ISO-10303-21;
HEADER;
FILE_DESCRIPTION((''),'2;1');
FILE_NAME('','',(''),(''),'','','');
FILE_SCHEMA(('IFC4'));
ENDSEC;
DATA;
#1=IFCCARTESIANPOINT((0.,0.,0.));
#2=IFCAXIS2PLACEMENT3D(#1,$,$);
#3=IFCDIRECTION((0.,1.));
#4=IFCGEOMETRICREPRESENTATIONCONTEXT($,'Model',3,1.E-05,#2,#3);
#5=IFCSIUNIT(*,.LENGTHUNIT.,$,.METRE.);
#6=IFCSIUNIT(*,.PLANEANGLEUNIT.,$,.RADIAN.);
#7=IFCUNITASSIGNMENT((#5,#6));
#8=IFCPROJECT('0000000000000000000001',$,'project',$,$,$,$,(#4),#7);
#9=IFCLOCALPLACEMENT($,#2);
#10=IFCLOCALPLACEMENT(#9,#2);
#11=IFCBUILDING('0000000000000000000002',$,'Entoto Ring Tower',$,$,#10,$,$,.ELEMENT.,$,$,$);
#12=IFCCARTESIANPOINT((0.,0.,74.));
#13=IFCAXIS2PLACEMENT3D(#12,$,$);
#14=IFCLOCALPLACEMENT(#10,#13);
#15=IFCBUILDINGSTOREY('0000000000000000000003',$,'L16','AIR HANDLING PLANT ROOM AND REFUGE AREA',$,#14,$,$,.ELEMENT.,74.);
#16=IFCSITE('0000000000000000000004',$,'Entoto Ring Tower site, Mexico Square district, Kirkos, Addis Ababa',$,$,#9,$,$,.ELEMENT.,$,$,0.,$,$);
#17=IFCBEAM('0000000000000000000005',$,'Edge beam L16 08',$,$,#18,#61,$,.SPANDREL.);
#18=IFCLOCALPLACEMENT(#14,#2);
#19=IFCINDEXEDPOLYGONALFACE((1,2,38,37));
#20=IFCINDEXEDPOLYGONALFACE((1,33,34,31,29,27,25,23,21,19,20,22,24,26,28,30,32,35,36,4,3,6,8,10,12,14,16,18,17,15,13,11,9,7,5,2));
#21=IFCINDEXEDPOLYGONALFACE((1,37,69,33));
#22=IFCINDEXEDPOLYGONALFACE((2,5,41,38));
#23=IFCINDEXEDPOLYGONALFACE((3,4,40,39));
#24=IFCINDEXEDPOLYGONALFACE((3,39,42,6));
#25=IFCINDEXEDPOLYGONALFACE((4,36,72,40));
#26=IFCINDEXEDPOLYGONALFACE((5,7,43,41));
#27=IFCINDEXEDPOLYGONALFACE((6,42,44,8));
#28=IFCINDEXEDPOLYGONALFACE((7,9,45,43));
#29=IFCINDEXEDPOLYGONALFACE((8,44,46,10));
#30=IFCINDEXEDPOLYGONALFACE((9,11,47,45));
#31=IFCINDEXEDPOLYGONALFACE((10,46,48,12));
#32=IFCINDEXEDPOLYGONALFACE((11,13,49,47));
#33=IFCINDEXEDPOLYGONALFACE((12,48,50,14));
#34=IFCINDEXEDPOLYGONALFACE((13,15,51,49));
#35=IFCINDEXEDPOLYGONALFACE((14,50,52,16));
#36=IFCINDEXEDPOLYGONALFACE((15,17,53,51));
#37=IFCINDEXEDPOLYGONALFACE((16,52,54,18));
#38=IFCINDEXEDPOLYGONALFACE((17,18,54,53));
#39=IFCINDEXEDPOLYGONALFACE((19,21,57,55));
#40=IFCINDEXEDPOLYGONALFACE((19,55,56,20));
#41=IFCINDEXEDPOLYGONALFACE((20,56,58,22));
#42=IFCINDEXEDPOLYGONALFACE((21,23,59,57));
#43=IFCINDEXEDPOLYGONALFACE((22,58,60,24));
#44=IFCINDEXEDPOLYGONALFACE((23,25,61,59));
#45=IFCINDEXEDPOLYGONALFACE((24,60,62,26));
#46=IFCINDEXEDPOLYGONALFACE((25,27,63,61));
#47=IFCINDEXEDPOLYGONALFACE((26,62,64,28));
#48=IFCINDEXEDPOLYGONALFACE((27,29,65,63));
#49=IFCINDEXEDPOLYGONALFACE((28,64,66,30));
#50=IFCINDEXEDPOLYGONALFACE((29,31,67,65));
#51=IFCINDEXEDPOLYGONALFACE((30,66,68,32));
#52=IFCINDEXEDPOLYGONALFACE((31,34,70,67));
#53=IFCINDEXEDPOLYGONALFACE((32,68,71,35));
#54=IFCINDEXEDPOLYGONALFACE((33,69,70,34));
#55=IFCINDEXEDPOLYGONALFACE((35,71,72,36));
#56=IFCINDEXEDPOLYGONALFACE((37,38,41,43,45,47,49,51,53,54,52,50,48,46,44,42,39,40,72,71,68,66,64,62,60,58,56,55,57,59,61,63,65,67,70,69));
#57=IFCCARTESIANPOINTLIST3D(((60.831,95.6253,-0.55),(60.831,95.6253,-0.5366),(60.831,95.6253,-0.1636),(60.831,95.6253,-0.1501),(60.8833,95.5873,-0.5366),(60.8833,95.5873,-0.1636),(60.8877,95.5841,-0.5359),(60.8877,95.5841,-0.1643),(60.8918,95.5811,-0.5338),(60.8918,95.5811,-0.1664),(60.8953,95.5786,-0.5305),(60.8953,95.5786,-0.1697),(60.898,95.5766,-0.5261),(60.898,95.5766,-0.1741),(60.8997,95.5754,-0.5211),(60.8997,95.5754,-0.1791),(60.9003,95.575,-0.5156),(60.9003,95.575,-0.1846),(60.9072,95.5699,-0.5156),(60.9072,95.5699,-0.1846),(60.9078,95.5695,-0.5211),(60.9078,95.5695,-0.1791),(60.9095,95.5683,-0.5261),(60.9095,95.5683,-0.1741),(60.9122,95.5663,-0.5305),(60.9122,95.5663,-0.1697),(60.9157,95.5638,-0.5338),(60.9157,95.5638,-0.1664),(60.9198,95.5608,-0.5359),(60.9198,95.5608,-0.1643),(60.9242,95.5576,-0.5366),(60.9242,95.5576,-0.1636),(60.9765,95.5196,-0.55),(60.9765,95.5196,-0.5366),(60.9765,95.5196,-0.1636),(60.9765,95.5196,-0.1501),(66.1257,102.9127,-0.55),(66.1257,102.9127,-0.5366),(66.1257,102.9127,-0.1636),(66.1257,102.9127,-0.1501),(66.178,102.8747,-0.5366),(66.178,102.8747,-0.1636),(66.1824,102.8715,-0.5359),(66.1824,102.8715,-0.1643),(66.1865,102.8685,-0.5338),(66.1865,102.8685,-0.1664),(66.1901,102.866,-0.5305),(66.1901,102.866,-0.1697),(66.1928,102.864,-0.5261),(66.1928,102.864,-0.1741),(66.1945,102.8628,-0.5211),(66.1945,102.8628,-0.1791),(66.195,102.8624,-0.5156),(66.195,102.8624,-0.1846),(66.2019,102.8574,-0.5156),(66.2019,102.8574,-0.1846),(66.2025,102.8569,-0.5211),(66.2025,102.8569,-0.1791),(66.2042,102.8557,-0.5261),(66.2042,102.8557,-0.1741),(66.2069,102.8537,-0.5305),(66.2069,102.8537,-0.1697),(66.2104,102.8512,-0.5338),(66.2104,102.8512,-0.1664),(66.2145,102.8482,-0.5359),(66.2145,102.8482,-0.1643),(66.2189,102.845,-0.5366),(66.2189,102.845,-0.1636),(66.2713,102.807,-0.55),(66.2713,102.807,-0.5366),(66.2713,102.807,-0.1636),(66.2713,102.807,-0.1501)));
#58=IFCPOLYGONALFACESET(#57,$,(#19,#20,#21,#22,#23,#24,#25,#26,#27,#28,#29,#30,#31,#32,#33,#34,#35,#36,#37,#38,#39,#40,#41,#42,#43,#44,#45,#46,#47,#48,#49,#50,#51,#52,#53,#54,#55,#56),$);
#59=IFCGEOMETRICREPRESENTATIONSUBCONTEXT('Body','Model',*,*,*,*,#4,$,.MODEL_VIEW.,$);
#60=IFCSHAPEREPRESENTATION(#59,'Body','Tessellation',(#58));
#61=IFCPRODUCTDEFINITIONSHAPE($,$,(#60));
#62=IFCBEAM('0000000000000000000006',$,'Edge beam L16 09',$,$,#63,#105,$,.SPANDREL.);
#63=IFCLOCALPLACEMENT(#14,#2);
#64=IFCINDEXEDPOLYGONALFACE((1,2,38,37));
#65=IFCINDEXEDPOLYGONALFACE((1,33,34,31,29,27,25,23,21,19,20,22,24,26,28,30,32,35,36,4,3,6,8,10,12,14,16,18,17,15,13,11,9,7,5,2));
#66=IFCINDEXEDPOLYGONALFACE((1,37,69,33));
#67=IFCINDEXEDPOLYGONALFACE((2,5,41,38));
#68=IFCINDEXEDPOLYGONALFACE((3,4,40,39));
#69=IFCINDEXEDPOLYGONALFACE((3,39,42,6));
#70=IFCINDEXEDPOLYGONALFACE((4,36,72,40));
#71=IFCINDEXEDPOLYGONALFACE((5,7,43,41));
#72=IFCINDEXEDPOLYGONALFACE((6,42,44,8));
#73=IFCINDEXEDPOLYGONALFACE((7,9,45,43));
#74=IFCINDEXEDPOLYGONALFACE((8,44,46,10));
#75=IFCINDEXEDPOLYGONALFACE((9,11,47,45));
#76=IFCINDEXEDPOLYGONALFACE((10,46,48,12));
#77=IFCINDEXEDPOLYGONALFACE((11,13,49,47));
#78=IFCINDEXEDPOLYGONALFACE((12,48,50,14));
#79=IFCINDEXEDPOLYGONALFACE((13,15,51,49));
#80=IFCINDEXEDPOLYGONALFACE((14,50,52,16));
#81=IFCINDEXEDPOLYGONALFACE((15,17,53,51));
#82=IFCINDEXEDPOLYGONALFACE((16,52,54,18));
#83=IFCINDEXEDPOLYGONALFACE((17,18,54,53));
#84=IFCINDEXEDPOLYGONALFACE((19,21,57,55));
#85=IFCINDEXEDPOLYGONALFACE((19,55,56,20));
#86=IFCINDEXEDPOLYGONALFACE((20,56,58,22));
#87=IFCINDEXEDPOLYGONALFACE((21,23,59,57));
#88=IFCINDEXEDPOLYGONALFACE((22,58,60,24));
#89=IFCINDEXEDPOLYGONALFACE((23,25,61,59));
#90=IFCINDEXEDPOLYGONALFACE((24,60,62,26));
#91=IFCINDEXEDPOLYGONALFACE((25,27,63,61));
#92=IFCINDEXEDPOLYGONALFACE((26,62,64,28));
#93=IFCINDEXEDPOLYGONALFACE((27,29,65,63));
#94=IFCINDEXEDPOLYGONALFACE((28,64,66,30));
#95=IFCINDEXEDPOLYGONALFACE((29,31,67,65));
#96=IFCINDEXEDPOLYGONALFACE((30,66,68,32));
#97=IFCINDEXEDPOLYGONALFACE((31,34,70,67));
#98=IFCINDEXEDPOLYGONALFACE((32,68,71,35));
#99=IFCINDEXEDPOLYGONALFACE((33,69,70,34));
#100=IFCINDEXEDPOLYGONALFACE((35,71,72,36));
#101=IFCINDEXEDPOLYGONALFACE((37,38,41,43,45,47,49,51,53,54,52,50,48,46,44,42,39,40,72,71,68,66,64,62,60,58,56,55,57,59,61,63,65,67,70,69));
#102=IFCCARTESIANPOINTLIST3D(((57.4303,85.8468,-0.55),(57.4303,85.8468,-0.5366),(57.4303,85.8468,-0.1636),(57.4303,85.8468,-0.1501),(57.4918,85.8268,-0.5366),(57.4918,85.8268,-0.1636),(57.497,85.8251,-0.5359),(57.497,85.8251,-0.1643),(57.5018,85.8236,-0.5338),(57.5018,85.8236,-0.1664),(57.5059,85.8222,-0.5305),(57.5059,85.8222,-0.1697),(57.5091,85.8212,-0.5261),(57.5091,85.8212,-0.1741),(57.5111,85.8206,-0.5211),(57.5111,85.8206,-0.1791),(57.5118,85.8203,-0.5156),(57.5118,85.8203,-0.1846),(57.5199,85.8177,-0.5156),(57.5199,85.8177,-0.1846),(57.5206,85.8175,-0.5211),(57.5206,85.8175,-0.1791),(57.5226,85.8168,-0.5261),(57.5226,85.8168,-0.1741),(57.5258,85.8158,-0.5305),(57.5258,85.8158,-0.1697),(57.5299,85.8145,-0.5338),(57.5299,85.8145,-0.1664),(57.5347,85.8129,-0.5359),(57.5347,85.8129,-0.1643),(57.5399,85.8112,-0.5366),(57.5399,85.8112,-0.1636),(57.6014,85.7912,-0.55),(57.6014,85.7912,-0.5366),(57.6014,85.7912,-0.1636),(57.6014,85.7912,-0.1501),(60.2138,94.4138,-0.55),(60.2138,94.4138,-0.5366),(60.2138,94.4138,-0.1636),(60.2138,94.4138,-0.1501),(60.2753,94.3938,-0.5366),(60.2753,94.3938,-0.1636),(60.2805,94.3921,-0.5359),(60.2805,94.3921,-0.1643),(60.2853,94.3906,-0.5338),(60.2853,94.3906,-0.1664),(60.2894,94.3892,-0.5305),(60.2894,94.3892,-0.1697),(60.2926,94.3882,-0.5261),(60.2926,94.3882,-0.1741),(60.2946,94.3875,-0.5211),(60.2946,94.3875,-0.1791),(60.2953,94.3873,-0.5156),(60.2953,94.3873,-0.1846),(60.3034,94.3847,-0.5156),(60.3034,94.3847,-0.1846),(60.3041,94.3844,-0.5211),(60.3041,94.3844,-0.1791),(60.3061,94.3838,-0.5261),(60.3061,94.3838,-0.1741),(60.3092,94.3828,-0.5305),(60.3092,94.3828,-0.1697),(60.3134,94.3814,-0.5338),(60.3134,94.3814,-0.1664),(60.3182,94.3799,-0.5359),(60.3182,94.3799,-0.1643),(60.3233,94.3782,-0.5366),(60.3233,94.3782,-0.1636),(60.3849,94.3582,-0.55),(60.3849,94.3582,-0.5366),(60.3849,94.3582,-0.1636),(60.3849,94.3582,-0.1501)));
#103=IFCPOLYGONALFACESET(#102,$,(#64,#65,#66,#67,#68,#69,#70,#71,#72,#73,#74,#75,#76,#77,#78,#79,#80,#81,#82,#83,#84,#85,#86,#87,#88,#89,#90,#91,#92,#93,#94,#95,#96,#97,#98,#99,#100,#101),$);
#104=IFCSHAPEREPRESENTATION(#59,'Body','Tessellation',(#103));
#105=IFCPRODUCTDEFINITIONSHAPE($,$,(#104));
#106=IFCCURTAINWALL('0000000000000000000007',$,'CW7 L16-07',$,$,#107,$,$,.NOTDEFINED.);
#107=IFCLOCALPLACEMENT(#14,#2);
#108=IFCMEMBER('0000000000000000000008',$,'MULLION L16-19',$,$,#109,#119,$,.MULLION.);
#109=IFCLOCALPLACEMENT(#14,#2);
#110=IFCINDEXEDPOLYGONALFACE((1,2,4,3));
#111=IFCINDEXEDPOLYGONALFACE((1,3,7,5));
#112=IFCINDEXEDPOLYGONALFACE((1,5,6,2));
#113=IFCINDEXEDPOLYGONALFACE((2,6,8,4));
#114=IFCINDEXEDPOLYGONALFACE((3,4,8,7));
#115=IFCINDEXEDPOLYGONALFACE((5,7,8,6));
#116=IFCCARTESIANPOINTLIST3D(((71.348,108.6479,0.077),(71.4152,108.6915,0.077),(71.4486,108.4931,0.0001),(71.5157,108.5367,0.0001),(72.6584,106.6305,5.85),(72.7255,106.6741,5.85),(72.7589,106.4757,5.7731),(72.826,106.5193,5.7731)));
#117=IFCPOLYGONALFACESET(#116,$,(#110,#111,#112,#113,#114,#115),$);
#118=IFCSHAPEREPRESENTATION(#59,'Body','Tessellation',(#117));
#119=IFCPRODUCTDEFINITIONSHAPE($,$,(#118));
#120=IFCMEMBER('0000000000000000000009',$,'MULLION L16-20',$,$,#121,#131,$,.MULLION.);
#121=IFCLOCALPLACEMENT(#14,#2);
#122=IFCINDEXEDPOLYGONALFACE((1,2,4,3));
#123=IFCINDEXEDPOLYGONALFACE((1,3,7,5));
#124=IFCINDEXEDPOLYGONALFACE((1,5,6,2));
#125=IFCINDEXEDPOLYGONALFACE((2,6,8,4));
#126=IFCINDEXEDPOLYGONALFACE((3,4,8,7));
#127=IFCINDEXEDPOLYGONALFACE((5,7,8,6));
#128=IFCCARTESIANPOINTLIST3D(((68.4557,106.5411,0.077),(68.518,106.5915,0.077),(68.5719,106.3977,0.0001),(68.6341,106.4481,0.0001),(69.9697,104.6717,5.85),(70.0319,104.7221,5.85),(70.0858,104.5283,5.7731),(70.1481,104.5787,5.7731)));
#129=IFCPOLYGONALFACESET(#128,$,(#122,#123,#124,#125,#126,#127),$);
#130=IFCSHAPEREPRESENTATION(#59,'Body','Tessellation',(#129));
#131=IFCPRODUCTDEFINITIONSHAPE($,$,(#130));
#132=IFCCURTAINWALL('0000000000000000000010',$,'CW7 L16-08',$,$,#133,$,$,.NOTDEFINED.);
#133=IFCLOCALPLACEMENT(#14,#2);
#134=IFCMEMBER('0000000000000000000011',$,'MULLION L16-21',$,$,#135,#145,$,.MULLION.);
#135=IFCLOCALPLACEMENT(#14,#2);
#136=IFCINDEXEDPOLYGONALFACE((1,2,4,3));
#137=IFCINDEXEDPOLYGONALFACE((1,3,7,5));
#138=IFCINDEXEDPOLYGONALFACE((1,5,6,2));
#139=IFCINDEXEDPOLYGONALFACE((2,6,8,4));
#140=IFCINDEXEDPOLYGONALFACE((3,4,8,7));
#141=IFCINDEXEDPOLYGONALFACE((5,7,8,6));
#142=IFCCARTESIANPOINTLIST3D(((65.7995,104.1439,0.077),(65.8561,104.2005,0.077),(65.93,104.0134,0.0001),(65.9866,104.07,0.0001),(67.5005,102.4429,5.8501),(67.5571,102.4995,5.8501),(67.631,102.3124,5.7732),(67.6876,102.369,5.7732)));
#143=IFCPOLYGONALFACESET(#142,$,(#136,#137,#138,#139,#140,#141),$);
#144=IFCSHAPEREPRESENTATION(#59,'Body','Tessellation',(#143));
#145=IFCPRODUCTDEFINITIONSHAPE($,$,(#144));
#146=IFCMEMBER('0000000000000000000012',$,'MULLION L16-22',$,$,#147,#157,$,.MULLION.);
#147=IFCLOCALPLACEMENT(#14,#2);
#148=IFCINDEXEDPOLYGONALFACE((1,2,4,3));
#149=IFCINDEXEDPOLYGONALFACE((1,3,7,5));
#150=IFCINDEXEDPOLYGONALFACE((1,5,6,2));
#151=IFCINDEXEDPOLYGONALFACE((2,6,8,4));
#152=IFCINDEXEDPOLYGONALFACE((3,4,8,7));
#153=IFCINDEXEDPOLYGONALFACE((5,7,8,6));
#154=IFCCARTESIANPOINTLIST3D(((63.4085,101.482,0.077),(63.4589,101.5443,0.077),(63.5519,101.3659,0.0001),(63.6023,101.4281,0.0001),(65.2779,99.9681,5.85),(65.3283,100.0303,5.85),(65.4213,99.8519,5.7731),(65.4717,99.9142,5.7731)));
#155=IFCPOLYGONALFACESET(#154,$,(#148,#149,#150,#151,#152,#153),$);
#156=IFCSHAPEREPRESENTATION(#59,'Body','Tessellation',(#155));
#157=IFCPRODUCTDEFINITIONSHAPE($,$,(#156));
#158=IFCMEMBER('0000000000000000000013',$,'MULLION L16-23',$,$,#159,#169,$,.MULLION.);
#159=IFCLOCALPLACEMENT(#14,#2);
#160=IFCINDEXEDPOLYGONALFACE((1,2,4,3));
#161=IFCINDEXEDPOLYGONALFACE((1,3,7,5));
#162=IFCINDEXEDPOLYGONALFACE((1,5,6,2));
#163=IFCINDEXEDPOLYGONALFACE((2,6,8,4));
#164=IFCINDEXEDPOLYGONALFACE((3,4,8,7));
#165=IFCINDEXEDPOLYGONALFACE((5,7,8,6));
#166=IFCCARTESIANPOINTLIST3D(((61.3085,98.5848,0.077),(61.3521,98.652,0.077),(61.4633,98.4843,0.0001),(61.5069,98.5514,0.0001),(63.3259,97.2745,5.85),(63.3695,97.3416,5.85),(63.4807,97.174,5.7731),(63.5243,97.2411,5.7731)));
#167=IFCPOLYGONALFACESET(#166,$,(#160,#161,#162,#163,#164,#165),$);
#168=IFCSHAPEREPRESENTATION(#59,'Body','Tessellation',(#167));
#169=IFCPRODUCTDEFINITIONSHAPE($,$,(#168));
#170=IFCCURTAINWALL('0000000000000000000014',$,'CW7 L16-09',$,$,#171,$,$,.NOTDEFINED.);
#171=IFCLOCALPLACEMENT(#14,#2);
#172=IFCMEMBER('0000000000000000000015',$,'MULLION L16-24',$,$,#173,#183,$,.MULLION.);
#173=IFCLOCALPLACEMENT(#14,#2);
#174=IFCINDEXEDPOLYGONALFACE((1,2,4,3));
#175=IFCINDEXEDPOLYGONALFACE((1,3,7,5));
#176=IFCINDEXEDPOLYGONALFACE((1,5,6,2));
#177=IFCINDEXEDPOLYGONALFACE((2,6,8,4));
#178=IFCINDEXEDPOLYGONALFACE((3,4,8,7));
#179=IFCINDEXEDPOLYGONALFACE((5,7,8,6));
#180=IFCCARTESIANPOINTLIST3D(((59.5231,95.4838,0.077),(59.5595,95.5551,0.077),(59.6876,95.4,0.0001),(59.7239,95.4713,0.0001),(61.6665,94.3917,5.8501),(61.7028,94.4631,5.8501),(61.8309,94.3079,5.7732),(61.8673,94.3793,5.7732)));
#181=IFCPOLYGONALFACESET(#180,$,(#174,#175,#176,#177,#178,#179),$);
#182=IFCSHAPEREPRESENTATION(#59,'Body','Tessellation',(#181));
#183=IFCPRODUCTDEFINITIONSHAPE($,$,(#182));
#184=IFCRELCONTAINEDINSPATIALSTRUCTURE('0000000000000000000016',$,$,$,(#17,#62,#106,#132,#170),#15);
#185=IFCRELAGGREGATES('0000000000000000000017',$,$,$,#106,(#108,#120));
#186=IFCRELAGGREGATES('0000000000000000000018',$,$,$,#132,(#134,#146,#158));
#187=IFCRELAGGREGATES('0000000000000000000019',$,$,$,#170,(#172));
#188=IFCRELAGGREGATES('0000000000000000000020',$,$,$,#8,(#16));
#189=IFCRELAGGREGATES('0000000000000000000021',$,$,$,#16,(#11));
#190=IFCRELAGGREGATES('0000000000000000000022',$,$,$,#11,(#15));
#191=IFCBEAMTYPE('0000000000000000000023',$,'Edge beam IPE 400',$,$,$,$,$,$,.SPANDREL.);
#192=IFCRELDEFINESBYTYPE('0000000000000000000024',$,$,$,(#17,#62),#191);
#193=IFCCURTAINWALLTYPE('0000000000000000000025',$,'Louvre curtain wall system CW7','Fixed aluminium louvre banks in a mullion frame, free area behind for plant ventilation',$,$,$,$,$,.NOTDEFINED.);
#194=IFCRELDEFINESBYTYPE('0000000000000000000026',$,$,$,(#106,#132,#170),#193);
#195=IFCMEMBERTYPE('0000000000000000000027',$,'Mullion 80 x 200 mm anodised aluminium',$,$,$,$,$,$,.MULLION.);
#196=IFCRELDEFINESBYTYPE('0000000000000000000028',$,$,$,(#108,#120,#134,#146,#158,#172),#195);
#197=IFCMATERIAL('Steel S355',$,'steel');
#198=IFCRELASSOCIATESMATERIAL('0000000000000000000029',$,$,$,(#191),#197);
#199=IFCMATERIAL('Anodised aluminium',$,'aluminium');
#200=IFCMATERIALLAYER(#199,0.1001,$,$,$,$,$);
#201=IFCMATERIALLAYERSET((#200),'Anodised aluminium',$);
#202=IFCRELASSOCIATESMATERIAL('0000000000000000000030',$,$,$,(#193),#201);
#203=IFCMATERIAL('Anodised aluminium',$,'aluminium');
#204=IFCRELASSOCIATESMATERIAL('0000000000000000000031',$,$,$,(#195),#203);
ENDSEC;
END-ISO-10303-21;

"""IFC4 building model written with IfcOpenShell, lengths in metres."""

from ifc_helpers import new_model, si_unit, direction, frame, origin, origin_2d, place, context, subcontext, project, spatial, rectangle, i_section, extrude, material, layer, layer_set, material_profile, profile_set, type_object, element, aggregate, save


model = new_model("IFC4")

# Units and contexts
model_context = context("Model", 3, precision=1e-05, world=origin(), true_north=direction((0.0, 1.0)))
body_context = subcontext(model_context, "Body", "Model", "MODEL_VIEW")
ifc_project = project(units=[si_unit("LENGTHUNIT", "METRE"), si_unit("PLANEANGLEUNIT", "RADIAN")], contexts=[model_context])

# Site, building, storey
site_placement = place(None, origin())
site = spatial("IfcSite", under=ifc_project, at=site_placement, Name="Entoto Ring Tower site, Mexico Square district, Kirkos, Addis Ababa", CompositionType="ELEMENT", RefElevation=0.0)
building_placement = place(site_placement, origin())
building = spatial("IfcBuilding", under=site, at=building_placement, Name="Entoto Ring Tower", CompositionType="ELEMENT")
storey_placement = place(building_placement, frame((0.0, 0.0, 74.0)))
storey = spatial("IfcBuildingStorey", under=building, at=storey_placement, Name="L16", Description="AIR HANDLING PLANT ROOM AND REFUGE AREA", CompositionType="ELEMENT", Elevation=74.0)

# Beams
ifc_material_1 = material(Name="Steel S355", Category="steel")
ifc_material_profile_1 = material_profile(ifc_material_1, i_section(OverallWidth=0.1799, OverallDepth=0.3999, WebThickness=0.0085, FlangeThickness=0.0134, FilletRadius=0.021, at=origin_2d()), Name="IPE 400")
ifc_profile_set_1 = profile_set([ifc_material_profile_1], Name="Steel S355")
beam_type = type_object("IfcBeamType", Name="Edge beam IPE 400", PredefinedType="SPANDREL", material=ifc_profile_set_1)
for number, where, z_axis, x_axis, name in (
    (1, (66.1985, 102.8599, -0.3501), (-0.587793, -0.809011, 0.0), (0.809011, -0.587793, 0.0), "Edge beam L16 08"),
    (2, (60.2993, 94.386, -0.3501), (-0.309006, -0.95106, 0.0), (0.95106, -0.309006, 0.0), "Edge beam L16 09"),
):
    element("IfcBeam", number, at=place(storey_placement, frame(where, z_axis=z_axis, x_axis=x_axis)), inside=storey, type_object=beam_type, Name=name, PredefinedType="SPANDREL", context=body_context, shape_type="SweptSolid", body=[
        extrude(i_section(OverallWidth=0.1799, OverallDepth=0.3999, WebThickness=0.0085, FlangeThickness=0.0134, FilletRadius=0.021, at=origin_2d()), origin(), (0.0, 0.0, 1.0), 9.0078),
    ])

# Curtain walls, members
ifc_material_2 = material(Name="Anodised aluminium", Category="aluminium")
ifc_layer_1 = layer(ifc_material_2, 0.1001)
ifc_layer_set_1 = layer_set([ifc_layer_1], Name="Anodised aluminium")
curtain_wall_type = type_object("IfcCurtainWallType", Name="Louvre curtain wall system CW7", Description="Fixed aluminium louvre banks in a mullion frame, free area behind for plant ventilation", PredefinedType="NOTDEFINED", material=ifc_layer_set_1)
curtain_wall_1_placement = place(storey_placement, origin())
curtain_wall_1 = element("IfcCurtainWall", 3, at=curtain_wall_1_placement, inside=storey, type_object=curtain_wall_type, Name="CW7 L16-07", PredefinedType="NOTDEFINED")
ifc_material_3 = material(Name="Anodised aluminium", Category="aluminium")
ifc_material_profile_2 = material_profile(ifc_material_3, rectangle(XDim=0.0801, YDim=0.2, at=origin_2d()), Name="Mullion 80 x 200 mm anodised aluminium")
ifc_profile_set_2 = profile_set([ifc_material_profile_2], Name="Anodised aluminium")
member_type_1 = type_object("IfcMemberType", Name="Mullion 80 x 200 mm anodised aluminium", PredefinedType="MULLION", material=ifc_profile_set_2)
member_1_placement = place(storey_placement, frame((71.4319, 108.5923, 0.0386), z_axis=(0.209512, -0.322563, 0.92307), x_axis=(0.838627, 0.544706, 0.0)))
member_1 = element("IfcMember", 4, at=member_1_placement, type_object=member_type_1, Name="MULLION L16-19", PredefinedType="MULLION", context=body_context, shape_type="SweptSolid", body=[
    extrude(rectangle(XDim=0.0801, YDim=0.2, at=origin_2d()), origin(), (0.0, 0.0, 1.0), 6.2542),
])
member_2_placement = place(storey_placement, frame((68.5449, 106.4946, 0.0386), z_axis=(0.242069, -0.298907, 0.92307), x_axis=(0.777122, 0.62935, 0.0)))
member_2 = element("IfcMember", 5, at=member_2_placement, type_object=member_type_1, Name="MULLION L16-20", PredefinedType="MULLION", context=body_context, shape_type="SweptSolid", body=[
    extrude(rectangle(XDim=0.0801, YDim=0.2, at=origin_2d()), origin(), (0.0, 0.0, 1.0), 6.2542),
])
aggregate(curtain_wall_1, [member_1, member_2])
curtain_wall_2_placement = place(storey_placement, origin())
curtain_wall_2 = element("IfcCurtainWall", 6, at=curtain_wall_2_placement, inside=storey, type_object=curtain_wall_type, Name="CW7 L16-08", PredefinedType="NOTDEFINED")
member_3_placement = place(storey_placement, frame((65.8931, 104.1069, 0.0386), z_axis=(0.271972, -0.271972, 0.923072), x_axis=(0.707107, 0.707107, 0.0)))
member_3 = element("IfcMember", 7, at=member_3_placement, type_object=member_type_1, Name="MULLION L16-21", PredefinedType="MULLION", context=body_context, shape_type="SweptSolid", body=[
    extrude(rectangle(XDim=0.0801, YDim=0.2, at=origin_2d()), origin(), (0.0, 0.0, 1.0), 6.2542),
])
member_4_placement = place(storey_placement, frame((63.5054, 101.4551, 0.0386), z_axis=(0.298907, -0.242069, 0.92307), x_axis=(0.62935, 0.777122, 0.0)))
member_4 = element("IfcMember", 8, at=member_4_placement, type_object=member_type_1, Name="MULLION L16-22", PredefinedType="MULLION", context=body_context, shape_type="SweptSolid", body=[
    extrude(rectangle(XDim=0.0801, YDim=0.2, at=origin_2d()), origin(), (0.0, 0.0, 1.0), 6.2542),
])
member_5_placement = place(storey_placement, frame((61.4077, 98.5681, 0.0386), z_axis=(0.322563, -0.209512, 0.92307), x_axis=(0.544706, 0.838627, 0.0)))
member_5 = element("IfcMember", 9, at=member_5_placement, type_object=member_type_1, Name="MULLION L16-23", PredefinedType="MULLION", context=body_context, shape_type="SweptSolid", body=[
    extrude(rectangle(XDim=0.0801, YDim=0.2, at=origin_2d()), origin(), (0.0, 0.0, 1.0), 6.2542),
])
aggregate(curtain_wall_2, [member_3, member_4, member_5])

# Curtain wall, member
curtain_wall_3_placement = place(storey_placement, origin())
curtain_wall_3 = element("IfcCurtainWall", 10, at=curtain_wall_3_placement, inside=storey, type_object=curtain_wall_type, Name="CW7 L16-09", PredefinedType="NOTDEFINED")
member_6_placement = place(storey_placement, frame((59.6235, 95.4775, 0.0386), z_axis=(0.342707, -0.174613, 0.923072), x_axis=(0.453981, 0.891012, 0.0)))
member_6 = element("IfcMember", 11, at=member_6_placement, type_object=member_type_1, Name="MULLION L16-24", PredefinedType="MULLION", context=body_context, shape_type="SweptSolid", body=[
    extrude(rectangle(XDim=0.0801, YDim=0.2, at=origin_2d()), origin(), (0.0, 0.0, 1.0), 6.2542),
])
aggregate(curtain_wall_3, [member_6])

save(model, "model.ifc")
